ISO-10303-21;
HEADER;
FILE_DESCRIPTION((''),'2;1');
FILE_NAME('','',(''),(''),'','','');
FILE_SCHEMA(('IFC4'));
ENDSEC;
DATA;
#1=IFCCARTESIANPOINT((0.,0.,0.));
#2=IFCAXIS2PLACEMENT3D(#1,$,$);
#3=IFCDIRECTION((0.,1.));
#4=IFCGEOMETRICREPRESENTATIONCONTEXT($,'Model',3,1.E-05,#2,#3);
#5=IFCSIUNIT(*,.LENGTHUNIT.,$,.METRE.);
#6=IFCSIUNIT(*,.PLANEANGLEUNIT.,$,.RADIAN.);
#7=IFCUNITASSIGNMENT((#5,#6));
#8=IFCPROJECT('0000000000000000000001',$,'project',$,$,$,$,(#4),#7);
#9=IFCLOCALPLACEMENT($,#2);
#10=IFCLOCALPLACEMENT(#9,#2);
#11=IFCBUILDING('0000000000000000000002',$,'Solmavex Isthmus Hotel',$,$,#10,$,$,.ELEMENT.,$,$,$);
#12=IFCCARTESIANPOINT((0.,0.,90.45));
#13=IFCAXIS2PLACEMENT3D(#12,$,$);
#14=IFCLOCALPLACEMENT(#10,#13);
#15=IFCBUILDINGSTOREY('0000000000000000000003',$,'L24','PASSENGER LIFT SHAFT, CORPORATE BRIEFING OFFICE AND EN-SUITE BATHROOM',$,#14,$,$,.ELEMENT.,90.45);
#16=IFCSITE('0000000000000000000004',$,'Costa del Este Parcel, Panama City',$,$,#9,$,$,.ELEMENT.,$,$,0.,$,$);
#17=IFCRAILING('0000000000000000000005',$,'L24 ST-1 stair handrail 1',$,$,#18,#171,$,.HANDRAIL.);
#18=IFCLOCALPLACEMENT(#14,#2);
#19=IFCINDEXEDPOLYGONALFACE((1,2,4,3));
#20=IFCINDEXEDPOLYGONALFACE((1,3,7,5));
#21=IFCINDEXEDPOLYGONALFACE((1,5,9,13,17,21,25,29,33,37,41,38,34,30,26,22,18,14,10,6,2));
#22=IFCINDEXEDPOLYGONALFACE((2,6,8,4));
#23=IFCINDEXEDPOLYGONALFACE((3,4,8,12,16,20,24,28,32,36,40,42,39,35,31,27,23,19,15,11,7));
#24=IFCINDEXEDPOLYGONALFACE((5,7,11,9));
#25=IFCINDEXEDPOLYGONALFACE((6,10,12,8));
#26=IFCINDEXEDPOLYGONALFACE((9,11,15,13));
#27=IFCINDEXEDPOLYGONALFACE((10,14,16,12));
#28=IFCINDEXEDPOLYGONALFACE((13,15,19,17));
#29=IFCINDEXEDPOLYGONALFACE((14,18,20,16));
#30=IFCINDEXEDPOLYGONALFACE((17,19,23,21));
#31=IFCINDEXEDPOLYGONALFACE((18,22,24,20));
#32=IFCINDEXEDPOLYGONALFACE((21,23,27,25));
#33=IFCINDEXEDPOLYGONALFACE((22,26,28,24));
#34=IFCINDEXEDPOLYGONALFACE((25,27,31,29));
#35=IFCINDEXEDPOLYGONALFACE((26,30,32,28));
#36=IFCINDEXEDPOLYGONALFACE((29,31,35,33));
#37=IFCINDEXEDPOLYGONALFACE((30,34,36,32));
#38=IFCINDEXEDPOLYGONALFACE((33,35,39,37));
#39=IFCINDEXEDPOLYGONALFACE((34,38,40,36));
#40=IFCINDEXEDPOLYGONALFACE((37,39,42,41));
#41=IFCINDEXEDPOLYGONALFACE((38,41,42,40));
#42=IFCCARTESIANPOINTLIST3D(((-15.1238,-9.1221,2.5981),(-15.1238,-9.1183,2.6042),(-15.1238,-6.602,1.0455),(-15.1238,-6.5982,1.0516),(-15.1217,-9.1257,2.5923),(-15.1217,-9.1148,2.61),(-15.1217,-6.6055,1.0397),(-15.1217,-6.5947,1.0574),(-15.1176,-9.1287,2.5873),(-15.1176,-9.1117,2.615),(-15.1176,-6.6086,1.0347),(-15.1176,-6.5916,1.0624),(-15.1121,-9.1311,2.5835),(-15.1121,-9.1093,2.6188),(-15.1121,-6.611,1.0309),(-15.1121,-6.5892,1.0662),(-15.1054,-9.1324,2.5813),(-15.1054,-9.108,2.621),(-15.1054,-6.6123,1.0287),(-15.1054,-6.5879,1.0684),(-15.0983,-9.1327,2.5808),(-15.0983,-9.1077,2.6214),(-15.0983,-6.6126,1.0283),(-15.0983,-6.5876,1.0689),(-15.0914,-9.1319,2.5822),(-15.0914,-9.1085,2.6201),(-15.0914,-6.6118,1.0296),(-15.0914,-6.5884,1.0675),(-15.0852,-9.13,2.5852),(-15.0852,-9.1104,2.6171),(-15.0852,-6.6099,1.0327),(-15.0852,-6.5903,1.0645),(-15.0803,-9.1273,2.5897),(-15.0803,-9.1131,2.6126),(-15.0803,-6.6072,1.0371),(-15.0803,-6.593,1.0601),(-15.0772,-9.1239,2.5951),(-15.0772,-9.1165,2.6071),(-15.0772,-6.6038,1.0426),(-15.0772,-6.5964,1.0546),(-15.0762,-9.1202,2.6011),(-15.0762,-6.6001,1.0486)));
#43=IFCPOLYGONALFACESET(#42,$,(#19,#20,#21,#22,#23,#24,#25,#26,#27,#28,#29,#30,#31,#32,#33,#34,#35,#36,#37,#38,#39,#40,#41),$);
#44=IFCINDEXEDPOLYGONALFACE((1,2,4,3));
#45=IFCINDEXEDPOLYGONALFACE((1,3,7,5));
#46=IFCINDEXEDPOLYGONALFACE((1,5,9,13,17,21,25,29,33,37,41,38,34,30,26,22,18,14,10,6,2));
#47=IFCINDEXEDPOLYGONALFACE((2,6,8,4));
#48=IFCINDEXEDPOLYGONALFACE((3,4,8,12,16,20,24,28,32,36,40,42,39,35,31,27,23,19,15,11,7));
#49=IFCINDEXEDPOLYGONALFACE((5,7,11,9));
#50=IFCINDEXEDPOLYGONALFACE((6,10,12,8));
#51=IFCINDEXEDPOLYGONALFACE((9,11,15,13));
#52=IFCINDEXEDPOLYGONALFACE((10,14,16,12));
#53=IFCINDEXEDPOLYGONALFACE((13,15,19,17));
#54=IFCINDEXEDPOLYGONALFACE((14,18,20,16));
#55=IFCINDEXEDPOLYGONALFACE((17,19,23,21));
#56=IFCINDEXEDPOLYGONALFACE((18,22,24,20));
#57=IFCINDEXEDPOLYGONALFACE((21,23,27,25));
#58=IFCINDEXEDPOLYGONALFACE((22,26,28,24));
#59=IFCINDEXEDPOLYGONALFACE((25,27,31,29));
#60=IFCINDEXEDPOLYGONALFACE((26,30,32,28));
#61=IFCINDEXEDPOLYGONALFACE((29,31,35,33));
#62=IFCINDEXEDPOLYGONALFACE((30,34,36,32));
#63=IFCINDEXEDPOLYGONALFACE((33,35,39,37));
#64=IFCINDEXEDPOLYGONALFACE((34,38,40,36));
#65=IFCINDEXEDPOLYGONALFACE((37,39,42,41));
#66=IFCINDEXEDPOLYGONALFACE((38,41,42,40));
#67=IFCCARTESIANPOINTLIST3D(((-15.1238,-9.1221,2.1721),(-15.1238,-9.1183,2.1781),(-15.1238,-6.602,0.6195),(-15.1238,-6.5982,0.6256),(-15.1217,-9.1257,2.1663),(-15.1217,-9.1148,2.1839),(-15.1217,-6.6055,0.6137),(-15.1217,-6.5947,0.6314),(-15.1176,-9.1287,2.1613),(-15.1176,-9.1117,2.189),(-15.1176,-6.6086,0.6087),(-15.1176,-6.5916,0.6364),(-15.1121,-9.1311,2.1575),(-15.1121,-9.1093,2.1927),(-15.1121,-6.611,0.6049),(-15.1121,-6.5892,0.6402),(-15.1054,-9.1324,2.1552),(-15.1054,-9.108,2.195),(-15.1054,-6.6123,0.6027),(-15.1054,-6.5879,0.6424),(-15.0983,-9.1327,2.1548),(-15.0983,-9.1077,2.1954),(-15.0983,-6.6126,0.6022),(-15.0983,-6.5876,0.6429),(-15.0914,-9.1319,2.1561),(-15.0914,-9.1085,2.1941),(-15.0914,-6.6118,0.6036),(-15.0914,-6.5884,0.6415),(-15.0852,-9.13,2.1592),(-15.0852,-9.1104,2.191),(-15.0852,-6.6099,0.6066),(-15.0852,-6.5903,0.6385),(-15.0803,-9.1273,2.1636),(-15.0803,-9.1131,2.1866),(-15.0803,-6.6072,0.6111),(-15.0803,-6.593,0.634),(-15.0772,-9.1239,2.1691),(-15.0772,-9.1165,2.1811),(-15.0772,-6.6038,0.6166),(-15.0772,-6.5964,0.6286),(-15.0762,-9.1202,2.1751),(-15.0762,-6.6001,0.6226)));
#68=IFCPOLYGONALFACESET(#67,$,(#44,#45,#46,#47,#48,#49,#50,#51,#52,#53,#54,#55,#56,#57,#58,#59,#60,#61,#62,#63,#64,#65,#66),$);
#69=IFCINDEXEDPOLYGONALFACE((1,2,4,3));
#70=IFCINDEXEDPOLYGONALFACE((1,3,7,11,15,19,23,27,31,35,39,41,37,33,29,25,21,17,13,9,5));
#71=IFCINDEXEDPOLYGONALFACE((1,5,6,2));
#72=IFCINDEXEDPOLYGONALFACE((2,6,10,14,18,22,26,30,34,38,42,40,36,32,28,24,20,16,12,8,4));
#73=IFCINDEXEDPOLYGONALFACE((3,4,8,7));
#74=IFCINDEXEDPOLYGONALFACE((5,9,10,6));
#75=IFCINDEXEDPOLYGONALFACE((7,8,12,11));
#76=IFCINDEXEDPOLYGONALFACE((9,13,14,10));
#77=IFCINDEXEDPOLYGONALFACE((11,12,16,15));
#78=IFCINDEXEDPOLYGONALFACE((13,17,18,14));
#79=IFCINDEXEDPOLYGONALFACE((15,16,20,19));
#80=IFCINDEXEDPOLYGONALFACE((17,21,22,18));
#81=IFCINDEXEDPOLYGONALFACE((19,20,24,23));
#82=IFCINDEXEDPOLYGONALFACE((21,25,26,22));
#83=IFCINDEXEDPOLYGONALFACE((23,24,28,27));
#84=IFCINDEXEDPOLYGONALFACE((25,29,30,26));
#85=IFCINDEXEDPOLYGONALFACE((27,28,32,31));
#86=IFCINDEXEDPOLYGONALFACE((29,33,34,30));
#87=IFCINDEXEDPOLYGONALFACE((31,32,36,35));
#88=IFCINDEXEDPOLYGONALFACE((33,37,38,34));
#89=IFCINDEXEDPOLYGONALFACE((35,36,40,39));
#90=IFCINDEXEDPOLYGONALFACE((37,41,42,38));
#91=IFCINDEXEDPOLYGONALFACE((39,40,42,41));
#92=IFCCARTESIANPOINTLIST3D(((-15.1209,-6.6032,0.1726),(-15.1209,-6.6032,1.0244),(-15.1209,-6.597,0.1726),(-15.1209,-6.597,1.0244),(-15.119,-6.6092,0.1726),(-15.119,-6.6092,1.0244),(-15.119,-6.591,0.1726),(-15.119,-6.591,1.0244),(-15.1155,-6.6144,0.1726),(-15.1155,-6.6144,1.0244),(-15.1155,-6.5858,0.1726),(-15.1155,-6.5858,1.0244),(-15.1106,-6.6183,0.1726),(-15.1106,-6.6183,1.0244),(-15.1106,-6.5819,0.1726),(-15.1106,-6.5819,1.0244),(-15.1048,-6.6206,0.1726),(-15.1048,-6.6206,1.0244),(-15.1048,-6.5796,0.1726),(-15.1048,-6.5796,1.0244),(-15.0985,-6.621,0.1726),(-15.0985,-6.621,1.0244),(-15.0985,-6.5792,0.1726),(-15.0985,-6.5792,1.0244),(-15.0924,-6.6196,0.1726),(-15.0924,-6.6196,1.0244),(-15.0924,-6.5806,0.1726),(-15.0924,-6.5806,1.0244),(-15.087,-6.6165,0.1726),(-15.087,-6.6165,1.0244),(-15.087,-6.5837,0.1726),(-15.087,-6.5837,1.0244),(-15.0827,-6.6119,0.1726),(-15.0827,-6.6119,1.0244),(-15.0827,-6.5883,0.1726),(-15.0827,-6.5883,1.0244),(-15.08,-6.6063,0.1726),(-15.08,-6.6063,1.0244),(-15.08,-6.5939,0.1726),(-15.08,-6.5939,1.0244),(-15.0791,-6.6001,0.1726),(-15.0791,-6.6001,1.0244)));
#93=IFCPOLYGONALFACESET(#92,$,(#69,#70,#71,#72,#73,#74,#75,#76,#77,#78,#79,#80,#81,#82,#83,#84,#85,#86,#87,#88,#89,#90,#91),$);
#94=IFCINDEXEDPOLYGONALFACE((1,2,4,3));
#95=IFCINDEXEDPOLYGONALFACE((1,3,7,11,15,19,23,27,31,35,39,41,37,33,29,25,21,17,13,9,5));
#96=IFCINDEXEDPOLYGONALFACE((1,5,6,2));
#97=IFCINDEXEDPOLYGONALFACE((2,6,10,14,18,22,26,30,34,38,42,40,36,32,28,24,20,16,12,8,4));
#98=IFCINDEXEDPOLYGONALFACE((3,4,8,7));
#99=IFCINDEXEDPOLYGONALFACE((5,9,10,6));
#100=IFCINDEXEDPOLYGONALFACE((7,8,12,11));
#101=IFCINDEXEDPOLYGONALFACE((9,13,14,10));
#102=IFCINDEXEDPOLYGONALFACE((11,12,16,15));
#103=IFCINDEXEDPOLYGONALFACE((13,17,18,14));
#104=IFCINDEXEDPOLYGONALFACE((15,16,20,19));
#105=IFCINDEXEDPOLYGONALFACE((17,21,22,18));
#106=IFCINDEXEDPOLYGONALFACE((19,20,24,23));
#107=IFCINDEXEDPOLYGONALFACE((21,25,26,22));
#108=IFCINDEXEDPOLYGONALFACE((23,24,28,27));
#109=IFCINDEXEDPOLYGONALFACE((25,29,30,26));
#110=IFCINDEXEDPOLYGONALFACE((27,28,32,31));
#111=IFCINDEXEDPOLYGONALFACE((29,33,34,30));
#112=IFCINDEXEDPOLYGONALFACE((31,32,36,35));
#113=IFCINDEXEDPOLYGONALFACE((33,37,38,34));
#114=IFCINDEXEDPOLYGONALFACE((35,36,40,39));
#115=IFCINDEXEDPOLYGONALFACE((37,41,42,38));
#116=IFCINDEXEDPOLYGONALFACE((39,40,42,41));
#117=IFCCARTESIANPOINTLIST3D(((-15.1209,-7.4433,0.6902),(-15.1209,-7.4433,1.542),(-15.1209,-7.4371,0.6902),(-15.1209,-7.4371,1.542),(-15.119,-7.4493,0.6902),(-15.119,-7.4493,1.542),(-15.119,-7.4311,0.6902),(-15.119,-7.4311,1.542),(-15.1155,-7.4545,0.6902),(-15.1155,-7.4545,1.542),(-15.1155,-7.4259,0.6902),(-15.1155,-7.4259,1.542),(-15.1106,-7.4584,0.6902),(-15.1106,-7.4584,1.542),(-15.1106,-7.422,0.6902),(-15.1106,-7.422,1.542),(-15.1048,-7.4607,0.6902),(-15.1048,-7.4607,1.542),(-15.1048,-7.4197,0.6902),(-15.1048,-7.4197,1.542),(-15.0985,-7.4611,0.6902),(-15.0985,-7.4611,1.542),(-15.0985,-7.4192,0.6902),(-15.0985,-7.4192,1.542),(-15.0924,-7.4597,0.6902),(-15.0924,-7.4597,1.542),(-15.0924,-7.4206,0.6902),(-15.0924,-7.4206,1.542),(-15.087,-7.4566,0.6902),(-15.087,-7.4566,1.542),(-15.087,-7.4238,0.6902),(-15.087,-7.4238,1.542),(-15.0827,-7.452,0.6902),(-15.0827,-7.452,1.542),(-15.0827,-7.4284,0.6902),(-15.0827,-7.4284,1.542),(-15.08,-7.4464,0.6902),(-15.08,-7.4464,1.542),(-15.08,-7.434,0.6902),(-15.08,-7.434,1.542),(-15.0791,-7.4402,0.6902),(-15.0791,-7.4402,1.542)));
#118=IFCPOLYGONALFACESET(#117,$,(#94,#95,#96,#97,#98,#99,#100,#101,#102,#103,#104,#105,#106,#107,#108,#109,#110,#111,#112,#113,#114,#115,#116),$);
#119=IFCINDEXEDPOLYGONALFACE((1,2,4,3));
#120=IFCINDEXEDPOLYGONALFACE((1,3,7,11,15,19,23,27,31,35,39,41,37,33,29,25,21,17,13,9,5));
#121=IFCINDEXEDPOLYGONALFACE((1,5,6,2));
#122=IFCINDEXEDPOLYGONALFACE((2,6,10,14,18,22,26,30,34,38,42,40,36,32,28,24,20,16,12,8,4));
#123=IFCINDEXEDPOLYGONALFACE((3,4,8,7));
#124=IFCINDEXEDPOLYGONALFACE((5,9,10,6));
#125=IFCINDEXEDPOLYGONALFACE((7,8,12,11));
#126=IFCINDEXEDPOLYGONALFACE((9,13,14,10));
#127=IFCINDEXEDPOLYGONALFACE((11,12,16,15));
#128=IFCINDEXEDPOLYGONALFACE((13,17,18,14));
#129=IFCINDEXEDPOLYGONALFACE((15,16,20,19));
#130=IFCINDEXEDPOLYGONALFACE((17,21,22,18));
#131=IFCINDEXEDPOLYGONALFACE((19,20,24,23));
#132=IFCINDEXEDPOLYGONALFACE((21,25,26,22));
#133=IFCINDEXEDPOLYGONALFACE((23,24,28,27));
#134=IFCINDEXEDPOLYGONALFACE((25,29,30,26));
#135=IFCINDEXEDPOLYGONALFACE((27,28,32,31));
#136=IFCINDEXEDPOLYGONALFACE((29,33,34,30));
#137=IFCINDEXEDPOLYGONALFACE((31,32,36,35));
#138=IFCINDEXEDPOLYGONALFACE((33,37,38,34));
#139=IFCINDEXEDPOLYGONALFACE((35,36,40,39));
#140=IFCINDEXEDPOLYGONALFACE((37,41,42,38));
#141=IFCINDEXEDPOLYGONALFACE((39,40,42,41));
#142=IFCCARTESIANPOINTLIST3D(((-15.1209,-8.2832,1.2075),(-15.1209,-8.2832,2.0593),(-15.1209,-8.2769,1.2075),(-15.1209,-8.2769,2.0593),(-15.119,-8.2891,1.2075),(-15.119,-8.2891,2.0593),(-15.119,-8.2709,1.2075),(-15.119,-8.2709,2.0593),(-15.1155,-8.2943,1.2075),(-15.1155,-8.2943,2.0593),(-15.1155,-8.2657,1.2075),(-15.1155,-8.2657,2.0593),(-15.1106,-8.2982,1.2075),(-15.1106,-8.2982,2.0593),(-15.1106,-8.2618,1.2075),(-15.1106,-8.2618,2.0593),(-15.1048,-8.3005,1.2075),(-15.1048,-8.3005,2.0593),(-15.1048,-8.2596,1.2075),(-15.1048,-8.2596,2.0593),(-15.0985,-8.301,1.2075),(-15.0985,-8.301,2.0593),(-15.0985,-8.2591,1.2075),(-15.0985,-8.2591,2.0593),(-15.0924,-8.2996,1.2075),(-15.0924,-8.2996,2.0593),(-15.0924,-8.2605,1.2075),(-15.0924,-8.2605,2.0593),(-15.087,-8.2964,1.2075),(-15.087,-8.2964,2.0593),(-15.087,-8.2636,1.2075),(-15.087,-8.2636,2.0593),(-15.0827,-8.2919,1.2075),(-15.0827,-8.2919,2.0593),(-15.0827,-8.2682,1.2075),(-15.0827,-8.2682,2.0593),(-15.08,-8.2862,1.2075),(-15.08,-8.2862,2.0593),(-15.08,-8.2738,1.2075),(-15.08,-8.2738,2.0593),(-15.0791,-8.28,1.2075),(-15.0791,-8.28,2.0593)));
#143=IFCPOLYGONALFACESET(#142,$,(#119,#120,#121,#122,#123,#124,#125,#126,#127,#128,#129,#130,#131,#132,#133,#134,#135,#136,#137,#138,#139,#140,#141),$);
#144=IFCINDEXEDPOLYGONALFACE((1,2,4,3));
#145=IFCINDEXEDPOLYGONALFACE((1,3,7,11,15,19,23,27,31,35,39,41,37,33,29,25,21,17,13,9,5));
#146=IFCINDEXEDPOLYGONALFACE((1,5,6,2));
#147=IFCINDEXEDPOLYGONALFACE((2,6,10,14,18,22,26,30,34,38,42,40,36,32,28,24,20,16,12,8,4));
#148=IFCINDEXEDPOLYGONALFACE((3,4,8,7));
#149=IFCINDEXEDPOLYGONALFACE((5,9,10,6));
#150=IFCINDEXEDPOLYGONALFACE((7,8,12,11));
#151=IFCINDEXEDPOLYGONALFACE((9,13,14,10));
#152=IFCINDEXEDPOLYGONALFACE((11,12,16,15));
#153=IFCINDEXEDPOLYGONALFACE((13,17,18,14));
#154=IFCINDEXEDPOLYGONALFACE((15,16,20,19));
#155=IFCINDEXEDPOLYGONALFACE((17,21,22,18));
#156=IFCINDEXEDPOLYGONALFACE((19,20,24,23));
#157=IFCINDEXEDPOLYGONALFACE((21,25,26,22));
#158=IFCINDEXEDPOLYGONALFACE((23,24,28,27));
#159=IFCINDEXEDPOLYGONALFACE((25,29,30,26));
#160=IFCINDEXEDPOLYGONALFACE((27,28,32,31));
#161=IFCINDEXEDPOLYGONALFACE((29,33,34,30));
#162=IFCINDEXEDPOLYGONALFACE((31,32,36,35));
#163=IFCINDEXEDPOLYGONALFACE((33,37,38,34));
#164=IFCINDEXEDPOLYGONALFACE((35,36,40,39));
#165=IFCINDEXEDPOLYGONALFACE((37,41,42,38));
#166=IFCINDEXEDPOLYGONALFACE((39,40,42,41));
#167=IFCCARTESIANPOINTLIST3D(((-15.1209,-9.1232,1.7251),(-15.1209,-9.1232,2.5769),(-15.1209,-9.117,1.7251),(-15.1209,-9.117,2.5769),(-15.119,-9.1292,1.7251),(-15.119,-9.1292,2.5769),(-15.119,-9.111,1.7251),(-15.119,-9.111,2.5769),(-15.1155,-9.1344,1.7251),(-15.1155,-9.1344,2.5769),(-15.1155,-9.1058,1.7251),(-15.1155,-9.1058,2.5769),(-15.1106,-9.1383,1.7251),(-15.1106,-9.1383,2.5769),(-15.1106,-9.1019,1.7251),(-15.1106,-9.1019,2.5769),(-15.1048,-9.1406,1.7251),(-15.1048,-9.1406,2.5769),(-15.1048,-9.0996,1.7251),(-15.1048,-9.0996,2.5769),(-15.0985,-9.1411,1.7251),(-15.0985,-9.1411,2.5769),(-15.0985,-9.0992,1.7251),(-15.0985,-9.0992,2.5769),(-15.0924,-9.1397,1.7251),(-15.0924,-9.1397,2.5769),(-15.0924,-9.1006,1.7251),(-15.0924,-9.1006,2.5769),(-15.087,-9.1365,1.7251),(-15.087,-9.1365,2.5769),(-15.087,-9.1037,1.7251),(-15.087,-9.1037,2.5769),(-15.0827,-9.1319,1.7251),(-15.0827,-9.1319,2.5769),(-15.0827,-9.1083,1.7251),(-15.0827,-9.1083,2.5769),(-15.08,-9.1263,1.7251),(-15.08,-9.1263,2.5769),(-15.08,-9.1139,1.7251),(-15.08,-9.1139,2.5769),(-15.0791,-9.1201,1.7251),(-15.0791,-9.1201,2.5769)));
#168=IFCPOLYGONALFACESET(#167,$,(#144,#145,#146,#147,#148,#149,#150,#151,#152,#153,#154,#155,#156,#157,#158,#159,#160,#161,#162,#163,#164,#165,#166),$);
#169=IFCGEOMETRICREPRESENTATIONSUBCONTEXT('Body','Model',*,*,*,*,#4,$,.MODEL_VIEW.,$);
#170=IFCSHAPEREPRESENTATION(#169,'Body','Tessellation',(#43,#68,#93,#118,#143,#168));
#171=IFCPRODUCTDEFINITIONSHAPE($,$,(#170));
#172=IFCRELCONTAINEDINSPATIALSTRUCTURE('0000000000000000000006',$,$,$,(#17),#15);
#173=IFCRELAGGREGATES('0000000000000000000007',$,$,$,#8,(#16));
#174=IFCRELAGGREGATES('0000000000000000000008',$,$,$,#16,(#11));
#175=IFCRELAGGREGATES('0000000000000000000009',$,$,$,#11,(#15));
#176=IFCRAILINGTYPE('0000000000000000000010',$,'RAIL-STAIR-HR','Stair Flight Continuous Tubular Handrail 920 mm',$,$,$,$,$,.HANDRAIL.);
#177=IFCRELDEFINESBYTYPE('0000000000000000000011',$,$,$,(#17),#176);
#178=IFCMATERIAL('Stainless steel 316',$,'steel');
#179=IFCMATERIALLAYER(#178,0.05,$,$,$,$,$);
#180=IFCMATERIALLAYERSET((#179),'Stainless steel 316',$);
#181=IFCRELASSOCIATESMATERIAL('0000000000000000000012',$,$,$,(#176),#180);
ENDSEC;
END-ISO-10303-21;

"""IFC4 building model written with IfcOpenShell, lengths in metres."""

from ifc_helpers import new_model, si_unit, direction, frame, origin, origin_2d, place, context, subcontext, project, spatial, circle, extrude, material, layer, layer_set, type_object, element, save


model = new_model("IFC4")

# Units and contexts
model_context = context("Model", 3, precision=1e-05, world=origin(), true_north=direction((0.0, 1.0)))
body_context = subcontext(model_context, "Body", "Model", "MODEL_VIEW")
ifc_project = project(units=[si_unit("LENGTHUNIT", "METRE"), si_unit("PLANEANGLEUNIT", "RADIAN")], contexts=[model_context])

# Site, building, storey
site_placement = place(None, origin())
site = spatial("IfcSite", under=ifc_project, at=site_placement, Name="Costa del Este Parcel, Panama City", CompositionType="ELEMENT", RefElevation=0.0)
building_placement = place(site_placement, origin())
building = spatial("IfcBuilding", under=site, at=building_placement, Name="Solmavex Isthmus Hotel", CompositionType="ELEMENT")
storey_placement = place(building_placement, frame((0.0, 0.0, 90.45)))
storey = spatial("IfcBuildingStorey", under=building, at=storey_placement, Name="L24", Description="PASSENGER LIFT SHAFT, CORPORATE BRIEFING OFFICE AND EN-SUITE BATHROOM", CompositionType="ELEMENT", Elevation=90.45)

# Shared definitions
ifc_material_1 = material(Name="Stainless steel 316", Category="steel")

# Railing
ifc_layer_1 = layer(ifc_material_1, 0.05)
ifc_layer_set_1 = layer_set([ifc_layer_1], Name="Stainless steel 316")
railing_type_1 = type_object("IfcRailingType", Name="RAIL-STAIR-HR", Description="Stair Flight Continuous Tubular Handrail 920 mm", PredefinedType="HANDRAIL", material=ifc_layer_set_1)
railing_1_placement = place(storey_placement, frame((-15.1001, -6.6001, 0.1726)))
element("IfcRailing", 1, at=railing_1_placement, inside=storey, type_object=railing_type_1, Name="L24 ST-1 stair handrail 1", PredefinedType="HANDRAIL", context=body_context, shape_type="SweptSolid", body=[
    extrude(circle(Radius=0.0239, at=origin_2d()), frame((0.0, 0.0, 0.876), z_axis=(0.0, -0.8514, 0.524516), x_axis=(1.0, 0.0, 0.0)), (0.0, 0.0, 1.0), 2.96),
    extrude(circle(Radius=0.0239, at=origin_2d()), frame((0.0, 0.0, 0.45), z_axis=(0.0, -0.8514, 0.524516), x_axis=(1.0, 0.0, 0.0)), (0.0, 0.0, 1.0), 2.96),
    extrude(circle(Radius=0.021, at=origin_2d()), origin(), (0.0, 0.0, 1.0), 0.8518),
    extrude(circle(Radius=0.021, at=origin_2d()), frame((0.0, -0.8401, 0.5176)), (0.0, 0.0, 1.0), 0.8518),
    extrude(circle(Radius=0.021, at=origin_2d()), frame((0.0, -1.6799, 1.0349)), (0.0, 0.0, 1.0), 0.8518),
    extrude(circle(Radius=0.021, at=origin_2d()), frame((0.0, -2.52, 1.5525)), (0.0, 0.0, 1.0), 0.8518),
])

save(model, "model.ifc")
